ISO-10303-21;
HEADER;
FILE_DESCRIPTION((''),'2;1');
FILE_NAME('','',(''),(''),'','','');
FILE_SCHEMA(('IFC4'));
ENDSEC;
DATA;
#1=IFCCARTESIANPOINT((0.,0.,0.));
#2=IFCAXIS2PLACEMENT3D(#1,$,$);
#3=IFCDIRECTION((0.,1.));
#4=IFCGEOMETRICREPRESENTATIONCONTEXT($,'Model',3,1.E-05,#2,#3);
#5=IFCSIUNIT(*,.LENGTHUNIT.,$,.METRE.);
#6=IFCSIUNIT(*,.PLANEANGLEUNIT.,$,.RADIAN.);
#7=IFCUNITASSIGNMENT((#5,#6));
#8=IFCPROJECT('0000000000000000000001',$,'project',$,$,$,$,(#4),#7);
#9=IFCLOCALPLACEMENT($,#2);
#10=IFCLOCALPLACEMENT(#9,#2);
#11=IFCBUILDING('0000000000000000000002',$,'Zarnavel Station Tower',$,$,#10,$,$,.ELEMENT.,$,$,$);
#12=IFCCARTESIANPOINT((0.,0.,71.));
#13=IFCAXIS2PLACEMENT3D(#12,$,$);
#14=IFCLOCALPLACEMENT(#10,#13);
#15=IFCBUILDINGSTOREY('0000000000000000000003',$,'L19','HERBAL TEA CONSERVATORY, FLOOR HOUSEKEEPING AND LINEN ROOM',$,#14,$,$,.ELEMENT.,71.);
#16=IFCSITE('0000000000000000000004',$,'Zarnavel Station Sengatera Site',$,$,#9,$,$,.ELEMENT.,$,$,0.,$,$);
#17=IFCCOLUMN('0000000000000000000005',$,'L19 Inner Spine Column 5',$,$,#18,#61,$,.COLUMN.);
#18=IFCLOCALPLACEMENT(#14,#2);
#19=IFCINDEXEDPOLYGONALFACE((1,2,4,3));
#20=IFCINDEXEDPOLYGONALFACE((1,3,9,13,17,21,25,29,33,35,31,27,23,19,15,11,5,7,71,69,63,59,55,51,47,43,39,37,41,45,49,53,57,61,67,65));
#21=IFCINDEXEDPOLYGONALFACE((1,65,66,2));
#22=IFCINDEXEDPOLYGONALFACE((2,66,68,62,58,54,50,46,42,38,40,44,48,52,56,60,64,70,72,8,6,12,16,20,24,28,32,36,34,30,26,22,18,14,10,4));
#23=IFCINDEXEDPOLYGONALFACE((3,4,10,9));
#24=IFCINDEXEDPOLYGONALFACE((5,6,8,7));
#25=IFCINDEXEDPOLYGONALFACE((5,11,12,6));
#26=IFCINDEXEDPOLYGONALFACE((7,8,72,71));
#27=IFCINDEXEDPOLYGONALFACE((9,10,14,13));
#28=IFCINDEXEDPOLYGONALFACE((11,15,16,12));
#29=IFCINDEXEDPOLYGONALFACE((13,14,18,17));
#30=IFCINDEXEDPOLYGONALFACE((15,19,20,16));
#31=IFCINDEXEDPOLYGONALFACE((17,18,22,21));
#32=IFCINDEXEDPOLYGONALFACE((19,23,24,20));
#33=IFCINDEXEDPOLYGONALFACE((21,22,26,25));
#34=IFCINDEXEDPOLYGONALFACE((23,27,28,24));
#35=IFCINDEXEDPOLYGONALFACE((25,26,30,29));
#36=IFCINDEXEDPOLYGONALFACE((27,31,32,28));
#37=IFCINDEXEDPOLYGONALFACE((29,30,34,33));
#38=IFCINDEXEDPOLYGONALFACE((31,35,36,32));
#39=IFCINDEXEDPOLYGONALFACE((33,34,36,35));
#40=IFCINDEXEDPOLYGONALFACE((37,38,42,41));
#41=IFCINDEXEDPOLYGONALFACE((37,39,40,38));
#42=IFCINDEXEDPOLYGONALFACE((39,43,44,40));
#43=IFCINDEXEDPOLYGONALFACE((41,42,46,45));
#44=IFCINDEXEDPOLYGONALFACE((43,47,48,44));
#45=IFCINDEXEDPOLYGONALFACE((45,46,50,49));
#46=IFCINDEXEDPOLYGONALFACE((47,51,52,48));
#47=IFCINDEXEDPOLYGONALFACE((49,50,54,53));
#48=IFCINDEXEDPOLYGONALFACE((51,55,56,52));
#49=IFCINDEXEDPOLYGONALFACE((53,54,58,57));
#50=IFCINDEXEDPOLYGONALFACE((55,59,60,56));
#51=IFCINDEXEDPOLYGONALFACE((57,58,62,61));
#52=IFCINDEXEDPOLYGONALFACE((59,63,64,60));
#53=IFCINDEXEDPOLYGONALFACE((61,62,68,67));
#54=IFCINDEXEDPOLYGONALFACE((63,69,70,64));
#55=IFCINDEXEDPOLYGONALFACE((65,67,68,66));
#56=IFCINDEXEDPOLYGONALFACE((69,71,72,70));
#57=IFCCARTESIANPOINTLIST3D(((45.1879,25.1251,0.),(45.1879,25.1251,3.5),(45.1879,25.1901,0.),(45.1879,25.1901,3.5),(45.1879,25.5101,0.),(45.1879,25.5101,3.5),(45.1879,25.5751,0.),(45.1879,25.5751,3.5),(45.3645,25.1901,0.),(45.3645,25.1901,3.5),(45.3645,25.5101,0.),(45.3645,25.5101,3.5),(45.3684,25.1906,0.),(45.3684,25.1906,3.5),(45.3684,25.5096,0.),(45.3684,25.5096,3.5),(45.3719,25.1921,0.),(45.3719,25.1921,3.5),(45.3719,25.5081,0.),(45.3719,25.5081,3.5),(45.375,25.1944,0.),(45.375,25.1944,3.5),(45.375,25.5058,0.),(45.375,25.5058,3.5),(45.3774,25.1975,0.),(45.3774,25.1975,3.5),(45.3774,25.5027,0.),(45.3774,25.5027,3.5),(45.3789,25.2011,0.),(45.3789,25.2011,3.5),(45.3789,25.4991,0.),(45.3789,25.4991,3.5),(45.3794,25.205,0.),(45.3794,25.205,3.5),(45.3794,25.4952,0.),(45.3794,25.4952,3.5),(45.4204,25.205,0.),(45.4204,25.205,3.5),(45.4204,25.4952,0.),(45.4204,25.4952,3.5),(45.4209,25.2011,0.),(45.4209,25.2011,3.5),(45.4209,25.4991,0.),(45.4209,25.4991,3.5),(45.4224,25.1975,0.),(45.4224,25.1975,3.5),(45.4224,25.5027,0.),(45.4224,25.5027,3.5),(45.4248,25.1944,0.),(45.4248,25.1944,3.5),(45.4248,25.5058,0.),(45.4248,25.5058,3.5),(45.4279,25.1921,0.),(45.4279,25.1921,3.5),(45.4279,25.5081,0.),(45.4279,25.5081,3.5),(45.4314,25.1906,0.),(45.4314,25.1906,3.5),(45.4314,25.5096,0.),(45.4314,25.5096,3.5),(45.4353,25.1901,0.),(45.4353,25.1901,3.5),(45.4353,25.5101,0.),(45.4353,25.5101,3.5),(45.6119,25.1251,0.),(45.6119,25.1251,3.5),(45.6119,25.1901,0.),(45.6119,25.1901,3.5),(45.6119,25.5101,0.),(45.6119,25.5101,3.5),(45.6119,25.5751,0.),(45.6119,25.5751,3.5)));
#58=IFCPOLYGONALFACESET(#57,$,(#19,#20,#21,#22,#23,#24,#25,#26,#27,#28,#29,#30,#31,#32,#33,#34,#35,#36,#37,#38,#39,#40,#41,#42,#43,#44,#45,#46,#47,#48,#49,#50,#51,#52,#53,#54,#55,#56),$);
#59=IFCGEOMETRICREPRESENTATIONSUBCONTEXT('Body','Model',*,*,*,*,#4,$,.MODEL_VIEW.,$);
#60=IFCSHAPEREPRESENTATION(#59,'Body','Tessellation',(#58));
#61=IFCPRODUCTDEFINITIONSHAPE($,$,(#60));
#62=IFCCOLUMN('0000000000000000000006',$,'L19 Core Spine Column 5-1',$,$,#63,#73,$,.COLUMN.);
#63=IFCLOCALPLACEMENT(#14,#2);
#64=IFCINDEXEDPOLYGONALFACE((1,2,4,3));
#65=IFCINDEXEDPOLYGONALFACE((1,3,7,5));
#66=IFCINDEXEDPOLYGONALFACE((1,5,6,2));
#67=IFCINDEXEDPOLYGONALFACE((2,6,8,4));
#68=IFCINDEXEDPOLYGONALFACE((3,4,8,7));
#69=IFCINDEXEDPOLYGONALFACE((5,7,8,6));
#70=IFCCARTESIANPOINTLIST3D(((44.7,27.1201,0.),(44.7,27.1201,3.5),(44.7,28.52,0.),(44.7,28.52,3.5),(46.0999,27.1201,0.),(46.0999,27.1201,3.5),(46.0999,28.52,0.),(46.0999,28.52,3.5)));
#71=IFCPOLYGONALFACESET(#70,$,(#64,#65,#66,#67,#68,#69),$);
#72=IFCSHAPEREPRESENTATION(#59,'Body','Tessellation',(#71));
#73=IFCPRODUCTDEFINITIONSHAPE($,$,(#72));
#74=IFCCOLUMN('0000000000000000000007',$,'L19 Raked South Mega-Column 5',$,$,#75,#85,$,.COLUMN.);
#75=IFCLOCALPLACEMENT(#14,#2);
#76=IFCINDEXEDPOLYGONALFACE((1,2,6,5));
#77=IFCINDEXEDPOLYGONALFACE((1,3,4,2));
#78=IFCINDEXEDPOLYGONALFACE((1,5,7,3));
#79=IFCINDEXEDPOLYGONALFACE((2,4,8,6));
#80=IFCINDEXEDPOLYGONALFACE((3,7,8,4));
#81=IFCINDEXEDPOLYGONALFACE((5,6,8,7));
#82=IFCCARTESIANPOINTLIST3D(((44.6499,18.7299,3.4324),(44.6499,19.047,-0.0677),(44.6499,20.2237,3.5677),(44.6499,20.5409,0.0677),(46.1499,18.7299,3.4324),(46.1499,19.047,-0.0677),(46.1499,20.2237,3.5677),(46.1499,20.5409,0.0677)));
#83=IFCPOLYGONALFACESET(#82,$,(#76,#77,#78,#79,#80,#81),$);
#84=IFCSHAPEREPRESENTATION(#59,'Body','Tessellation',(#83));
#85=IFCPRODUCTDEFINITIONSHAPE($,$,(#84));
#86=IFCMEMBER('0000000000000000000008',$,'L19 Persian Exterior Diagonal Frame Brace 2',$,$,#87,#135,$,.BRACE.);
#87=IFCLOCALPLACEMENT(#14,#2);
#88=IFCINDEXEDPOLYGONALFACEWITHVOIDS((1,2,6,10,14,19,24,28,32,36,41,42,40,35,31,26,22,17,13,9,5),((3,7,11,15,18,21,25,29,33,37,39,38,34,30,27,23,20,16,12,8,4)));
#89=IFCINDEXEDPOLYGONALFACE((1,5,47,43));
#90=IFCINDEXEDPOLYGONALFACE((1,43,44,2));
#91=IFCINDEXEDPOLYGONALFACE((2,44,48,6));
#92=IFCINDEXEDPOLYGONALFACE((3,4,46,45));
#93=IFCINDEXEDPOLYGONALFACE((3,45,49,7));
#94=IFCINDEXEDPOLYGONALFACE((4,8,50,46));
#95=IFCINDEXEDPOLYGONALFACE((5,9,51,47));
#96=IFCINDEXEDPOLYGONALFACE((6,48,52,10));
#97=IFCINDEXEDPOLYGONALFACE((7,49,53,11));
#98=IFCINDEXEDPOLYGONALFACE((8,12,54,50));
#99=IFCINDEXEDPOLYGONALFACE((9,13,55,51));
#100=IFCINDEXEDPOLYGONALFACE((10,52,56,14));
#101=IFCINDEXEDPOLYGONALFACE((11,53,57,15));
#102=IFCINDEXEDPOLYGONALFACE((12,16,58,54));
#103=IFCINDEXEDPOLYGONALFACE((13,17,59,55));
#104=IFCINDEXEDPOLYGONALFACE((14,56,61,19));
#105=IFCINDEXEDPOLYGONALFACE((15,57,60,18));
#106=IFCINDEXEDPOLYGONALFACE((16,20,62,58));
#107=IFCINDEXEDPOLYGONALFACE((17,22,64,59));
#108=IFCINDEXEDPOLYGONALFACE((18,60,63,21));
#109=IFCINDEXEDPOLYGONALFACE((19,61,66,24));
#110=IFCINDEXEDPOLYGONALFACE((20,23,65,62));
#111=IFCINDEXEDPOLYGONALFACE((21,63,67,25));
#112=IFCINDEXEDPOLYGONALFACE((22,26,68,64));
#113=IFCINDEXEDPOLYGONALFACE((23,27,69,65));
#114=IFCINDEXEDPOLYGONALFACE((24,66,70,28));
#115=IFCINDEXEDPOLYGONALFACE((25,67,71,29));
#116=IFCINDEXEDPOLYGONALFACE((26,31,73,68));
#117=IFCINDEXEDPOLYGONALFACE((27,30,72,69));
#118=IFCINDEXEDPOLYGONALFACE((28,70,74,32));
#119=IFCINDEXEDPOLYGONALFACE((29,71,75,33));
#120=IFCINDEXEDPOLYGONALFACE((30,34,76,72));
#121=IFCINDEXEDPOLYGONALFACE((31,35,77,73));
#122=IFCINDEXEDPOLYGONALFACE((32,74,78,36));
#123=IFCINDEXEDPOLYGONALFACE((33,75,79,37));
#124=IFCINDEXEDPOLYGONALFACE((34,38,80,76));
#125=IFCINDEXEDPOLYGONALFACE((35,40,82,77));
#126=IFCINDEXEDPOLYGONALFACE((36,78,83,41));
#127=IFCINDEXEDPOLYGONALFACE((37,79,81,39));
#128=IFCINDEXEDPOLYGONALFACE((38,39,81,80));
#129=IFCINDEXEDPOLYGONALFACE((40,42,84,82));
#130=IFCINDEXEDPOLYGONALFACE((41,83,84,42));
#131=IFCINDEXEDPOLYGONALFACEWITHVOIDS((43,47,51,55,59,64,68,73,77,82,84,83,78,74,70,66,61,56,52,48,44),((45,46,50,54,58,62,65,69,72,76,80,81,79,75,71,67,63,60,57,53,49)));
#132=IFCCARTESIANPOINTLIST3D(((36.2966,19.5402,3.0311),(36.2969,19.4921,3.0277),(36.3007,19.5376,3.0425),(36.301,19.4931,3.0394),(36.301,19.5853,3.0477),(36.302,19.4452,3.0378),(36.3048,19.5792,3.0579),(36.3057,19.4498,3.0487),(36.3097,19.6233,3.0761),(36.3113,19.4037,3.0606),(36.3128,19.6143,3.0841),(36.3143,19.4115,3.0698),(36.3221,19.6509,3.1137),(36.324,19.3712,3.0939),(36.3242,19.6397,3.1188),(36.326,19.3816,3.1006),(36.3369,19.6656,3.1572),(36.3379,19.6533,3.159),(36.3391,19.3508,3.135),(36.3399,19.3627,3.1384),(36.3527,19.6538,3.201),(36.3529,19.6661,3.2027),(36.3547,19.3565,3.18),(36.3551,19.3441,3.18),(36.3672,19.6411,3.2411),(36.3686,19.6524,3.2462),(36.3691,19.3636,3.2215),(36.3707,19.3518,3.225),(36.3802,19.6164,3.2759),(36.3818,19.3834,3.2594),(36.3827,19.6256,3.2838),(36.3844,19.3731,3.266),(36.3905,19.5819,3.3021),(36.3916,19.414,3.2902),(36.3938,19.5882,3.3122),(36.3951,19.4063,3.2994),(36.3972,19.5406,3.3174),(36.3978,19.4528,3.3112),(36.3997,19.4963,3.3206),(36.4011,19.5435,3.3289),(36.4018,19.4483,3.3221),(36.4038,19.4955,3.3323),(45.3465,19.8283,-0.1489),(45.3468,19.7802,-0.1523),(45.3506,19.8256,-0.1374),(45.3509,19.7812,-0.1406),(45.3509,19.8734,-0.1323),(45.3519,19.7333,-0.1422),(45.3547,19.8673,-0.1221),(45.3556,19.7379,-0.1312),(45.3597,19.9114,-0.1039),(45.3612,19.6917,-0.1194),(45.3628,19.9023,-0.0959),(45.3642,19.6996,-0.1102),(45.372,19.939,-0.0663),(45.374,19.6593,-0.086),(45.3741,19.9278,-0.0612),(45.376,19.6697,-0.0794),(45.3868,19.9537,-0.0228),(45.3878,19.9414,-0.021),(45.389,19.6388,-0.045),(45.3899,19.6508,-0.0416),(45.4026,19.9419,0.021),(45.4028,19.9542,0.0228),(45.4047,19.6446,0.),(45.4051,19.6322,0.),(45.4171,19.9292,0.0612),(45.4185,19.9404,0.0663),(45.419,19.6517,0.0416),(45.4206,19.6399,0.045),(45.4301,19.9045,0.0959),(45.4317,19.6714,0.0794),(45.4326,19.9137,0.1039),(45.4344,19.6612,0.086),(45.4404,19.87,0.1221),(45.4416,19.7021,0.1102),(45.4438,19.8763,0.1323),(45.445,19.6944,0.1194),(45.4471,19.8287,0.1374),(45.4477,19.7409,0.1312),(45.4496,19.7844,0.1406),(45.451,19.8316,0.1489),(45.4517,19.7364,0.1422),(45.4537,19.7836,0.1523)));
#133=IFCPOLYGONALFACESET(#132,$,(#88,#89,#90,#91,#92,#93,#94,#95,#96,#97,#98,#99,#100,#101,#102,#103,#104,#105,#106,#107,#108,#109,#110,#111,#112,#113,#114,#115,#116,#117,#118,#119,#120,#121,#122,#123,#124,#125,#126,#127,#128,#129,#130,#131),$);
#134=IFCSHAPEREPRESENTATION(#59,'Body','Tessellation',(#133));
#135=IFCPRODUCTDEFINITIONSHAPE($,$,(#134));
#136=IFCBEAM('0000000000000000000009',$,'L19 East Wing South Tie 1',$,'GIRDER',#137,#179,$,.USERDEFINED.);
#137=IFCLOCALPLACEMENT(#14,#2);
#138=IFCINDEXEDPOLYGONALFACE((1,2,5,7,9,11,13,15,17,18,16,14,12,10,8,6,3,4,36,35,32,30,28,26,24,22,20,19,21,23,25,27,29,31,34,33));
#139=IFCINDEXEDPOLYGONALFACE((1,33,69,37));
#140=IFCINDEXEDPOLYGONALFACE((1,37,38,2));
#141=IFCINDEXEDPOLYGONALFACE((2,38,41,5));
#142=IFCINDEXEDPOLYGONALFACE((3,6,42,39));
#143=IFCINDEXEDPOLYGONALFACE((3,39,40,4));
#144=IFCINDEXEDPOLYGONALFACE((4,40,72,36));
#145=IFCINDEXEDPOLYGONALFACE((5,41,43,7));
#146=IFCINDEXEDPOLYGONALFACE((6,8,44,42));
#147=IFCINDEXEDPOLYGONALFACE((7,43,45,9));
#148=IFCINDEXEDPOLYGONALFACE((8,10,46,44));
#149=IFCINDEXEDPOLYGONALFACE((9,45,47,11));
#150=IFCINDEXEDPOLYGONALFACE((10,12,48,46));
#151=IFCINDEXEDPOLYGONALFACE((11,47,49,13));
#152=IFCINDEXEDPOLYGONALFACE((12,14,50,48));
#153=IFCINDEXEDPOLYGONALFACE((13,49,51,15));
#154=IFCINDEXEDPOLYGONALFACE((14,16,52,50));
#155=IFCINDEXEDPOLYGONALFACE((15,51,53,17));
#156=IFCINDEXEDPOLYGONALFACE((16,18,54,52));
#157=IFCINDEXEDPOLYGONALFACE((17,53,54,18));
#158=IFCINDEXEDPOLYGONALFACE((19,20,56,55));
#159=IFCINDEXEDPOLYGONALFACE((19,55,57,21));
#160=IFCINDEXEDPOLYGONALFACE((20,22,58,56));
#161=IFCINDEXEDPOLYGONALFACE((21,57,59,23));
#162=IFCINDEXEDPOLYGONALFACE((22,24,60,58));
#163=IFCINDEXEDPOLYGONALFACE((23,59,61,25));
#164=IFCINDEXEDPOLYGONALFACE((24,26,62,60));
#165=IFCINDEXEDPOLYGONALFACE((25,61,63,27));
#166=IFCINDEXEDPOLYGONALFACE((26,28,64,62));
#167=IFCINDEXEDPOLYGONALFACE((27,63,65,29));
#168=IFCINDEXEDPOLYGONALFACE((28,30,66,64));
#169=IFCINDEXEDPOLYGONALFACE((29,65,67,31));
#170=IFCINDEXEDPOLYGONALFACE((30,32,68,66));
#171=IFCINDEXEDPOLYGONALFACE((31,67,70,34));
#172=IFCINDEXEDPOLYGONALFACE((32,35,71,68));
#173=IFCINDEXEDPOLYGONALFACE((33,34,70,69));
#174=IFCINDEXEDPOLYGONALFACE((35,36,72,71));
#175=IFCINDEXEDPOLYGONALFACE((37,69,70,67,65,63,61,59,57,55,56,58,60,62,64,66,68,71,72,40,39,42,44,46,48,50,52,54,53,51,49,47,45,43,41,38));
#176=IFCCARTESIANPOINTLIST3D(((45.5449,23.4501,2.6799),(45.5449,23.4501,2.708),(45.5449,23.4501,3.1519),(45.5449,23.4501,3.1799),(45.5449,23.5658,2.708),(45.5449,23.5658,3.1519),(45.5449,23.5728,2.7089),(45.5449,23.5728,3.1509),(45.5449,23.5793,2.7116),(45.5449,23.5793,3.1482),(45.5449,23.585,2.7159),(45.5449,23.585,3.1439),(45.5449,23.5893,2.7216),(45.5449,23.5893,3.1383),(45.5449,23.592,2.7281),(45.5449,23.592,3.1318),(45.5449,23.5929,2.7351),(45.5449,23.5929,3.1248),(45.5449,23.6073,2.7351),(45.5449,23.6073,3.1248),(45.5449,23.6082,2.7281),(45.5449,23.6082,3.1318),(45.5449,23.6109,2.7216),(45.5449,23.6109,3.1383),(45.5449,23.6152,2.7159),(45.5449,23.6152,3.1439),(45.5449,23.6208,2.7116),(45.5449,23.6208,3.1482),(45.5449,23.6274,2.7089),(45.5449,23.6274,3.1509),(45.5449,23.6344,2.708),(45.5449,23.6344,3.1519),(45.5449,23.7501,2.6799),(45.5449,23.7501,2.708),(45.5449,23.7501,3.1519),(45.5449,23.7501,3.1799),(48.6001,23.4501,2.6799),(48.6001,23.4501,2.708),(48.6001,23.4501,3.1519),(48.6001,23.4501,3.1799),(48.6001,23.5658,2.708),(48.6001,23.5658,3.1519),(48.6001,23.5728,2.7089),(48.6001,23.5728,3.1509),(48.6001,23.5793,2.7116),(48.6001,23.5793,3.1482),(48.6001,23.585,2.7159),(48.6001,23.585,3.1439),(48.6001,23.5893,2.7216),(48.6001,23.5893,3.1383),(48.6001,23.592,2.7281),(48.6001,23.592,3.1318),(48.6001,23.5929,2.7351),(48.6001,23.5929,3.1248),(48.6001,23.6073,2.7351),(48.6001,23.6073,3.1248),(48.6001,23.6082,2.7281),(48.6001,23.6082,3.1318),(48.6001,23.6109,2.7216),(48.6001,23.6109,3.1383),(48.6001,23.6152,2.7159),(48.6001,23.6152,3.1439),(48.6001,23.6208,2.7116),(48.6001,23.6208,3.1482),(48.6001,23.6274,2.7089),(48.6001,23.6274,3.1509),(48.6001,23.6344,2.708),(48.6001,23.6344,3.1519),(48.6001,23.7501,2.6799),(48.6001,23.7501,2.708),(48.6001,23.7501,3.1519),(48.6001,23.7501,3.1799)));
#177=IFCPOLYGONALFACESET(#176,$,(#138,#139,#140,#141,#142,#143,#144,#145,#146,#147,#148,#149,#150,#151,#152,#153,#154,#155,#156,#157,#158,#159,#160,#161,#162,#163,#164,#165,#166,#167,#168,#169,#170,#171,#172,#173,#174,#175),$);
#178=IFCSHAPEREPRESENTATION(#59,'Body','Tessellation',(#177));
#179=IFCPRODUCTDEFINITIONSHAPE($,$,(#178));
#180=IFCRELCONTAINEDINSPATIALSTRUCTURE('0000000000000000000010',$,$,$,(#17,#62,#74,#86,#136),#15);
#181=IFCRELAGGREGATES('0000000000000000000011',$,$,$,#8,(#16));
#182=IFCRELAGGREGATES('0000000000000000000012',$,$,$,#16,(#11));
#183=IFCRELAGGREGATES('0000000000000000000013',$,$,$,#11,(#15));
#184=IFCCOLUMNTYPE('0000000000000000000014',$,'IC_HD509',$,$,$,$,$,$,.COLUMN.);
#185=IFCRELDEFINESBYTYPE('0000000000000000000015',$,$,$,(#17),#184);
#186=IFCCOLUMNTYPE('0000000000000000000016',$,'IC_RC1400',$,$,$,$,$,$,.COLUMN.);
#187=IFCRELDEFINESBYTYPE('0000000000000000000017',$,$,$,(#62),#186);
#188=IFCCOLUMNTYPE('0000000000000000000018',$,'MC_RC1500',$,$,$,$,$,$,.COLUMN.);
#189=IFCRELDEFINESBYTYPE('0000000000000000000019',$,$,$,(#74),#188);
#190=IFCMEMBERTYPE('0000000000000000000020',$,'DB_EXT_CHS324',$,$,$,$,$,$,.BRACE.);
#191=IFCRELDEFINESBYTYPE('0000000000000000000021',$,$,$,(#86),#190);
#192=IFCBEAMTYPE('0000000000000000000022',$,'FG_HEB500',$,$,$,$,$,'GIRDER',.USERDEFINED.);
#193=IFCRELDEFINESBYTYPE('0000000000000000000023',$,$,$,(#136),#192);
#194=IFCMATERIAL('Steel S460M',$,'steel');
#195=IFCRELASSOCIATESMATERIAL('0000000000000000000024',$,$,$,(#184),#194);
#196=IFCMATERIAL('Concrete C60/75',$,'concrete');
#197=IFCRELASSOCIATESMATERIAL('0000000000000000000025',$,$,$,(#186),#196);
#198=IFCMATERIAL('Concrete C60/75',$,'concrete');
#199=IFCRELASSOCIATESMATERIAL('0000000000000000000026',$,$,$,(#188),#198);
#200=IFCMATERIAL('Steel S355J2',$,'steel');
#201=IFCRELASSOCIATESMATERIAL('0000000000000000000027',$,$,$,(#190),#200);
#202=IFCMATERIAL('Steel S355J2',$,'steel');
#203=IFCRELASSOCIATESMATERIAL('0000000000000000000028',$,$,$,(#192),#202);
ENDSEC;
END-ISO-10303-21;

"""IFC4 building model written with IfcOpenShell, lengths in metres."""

from ifc_helpers import new_model, si_unit, direction, frame, origin, origin_2d, place, context, subcontext, project, spatial, rectangle, hollow_circle, i_section, extrude, material, material_profile, profile_set, type_object, element, save


model = new_model("IFC4")

# Units and contexts
model_context = context("Model", 3, precision=1e-05, world=origin(), true_north=direction((0.0, 1.0)))
body_context = subcontext(model_context, "Body", "Model", "MODEL_VIEW")
ifc_project = project(units=[si_unit("LENGTHUNIT", "METRE"), si_unit("PLANEANGLEUNIT", "RADIAN")], contexts=[model_context])

# Site, building, storey
site_placement = place(None, origin())
site = spatial("IfcSite", under=ifc_project, at=site_placement, Name="Zarnavel Station Sengatera Site", CompositionType="ELEMENT", RefElevation=0.0)
building_placement = place(site_placement, origin())
building = spatial("IfcBuilding", under=site, at=building_placement, Name="Zarnavel Station Tower", CompositionType="ELEMENT")
storey_placement = place(building_placement, frame((0.0, 0.0, 71.0)))
storey = spatial("IfcBuildingStorey", under=building, at=storey_placement, Name="L19", Description="HERBAL TEA CONSERVATORY, FLOOR HOUSEKEEPING AND LINEN ROOM", CompositionType="ELEMENT", Elevation=71.0)

# Columns
ifc_material_1 = material(Name="Steel S460M", Category="steel")
ifc_material_profile_1 = material_profile(ifc_material_1, i_section(OverallWidth=0.4241, OverallDepth=0.45, WebThickness=0.041, FlangeThickness=0.0649, FilletRadius=0.0149, at=origin_2d()), Name="HD400x509")
ifc_profile_set_1 = profile_set([ifc_material_profile_1], Name="Steel S460M")
column_type_1 = type_object("IfcColumnType", Name="IC_HD509", PredefinedType="COLUMN", material=ifc_profile_set_1)
column_1_placement = place(storey_placement, frame((45.3999, 25.3501, 0.0), z_axis=(0.0, 0.0, 1.0), x_axis=(1.0, 0.0, 0.0)))
element("IfcColumn", 1, at=column_1_placement, inside=storey, type_object=column_type_1, Name="L19 Inner Spine Column 5", PredefinedType="COLUMN", context=body_context, shape_type="SweptSolid", body=[
    extrude(i_section(OverallWidth=0.4241, OverallDepth=0.45, WebThickness=0.041, FlangeThickness=0.0649, FilletRadius=0.0149, at=origin_2d()), origin(), (0.0, 0.0, 1.0), 3.5),
])
ifc_material_2 = material(Name="Concrete C60/75", Category="concrete")
ifc_material_profile_2 = material_profile(ifc_material_2, rectangle(XDim=1.3999, YDim=1.3999, at=origin_2d()), Name="RC1400x1400")
ifc_profile_set_2 = profile_set([ifc_material_profile_2], Name="Concrete C60/75")
column_type_2 = type_object("IfcColumnType", Name="IC_RC1400", PredefinedType="COLUMN", material=ifc_profile_set_2)
column_2_placement = place(storey_placement, frame((45.3999, 27.8201, 0.0), z_axis=(0.0, 0.0, 1.0), x_axis=(1.0, 0.0, 0.0)))
element("IfcColumn", 2, at=column_2_placement, inside=storey, type_object=column_type_2, Name="L19 Core Spine Column 5-1", PredefinedType="COLUMN", context=body_context, shape_type="SweptSolid", body=[
    extrude(rectangle(XDim=1.3999, YDim=1.3999, at=origin_2d()), origin(), (0.0, 0.0, 1.0), 3.5),
])
ifc_material_3 = material(Name="Concrete C60/75", Category="concrete")
ifc_material_profile_3 = material_profile(ifc_material_3, rectangle(XDim=1.5, YDim=1.5, at=origin_2d()), Name="RC1500x1500")
ifc_profile_set_3 = profile_set([ifc_material_profile_3], Name="Concrete C60/75")
column_type_3 = type_object("IfcColumnType", Name="MC_RC1500", PredefinedType="COLUMN", material=ifc_profile_set_3)
column_3_placement = place(storey_placement, frame((45.3999, 19.7939, 0.0), z_axis=(0.0, -0.090241, 0.99592), x_axis=(1.0, 0.0, 0.0)))
element("IfcColumn", 3, at=column_3_placement, inside=storey, type_object=column_type_3, Name="L19 Raked South Mega-Column 5", PredefinedType="COLUMN", context=body_context, shape_type="SweptSolid", body=[
    extrude(rectangle(XDim=1.5, YDim=1.5, at=origin_2d()), origin(), (0.0, 0.0, 1.0), 3.5144),
])

# Member
ifc_material_4 = material(Name="Steel S355J2", Category="steel")
ifc_material_profile_4 = material_profile(ifc_material_4, hollow_circle(Radius=0.1619, WallThickness=0.0125, at=origin_2d()), Name="CHS323.9x12.5")
ifc_profile_set_4 = profile_set([ifc_material_profile_4], Name="Steel S355J2")
member_type = type_object("IfcMemberType", Name="DB_EXT_CHS324", PredefinedType="BRACE", material=ifc_profile_set_4)
member_placement = place(storey_placement, frame((45.3999, 19.7939, 0.0), z_axis=(-0.943026, -0.03002, 0.331362), x_axis=(0.031817, -0.999494, 0.0)))
element("IfcMember", 4, at=member_placement, inside=storey, type_object=member_type, Name="L19 Persian Exterior Diagonal Frame Brace 2", PredefinedType="BRACE", context=body_context, shape_type="SweptSolid", body=[
    extrude(hollow_circle(Radius=0.1619, WallThickness=0.0125, at=origin_2d()), origin(), (0.0, 0.0, 1.0), 9.5967),
])

# Beam
ifc_material_5 = material(Name="Steel S355J2", Category="steel")
ifc_material_profile_5 = material_profile(ifc_material_5, i_section(OverallWidth=0.3, OverallDepth=0.5, WebThickness=0.0144, FlangeThickness=0.0281, FilletRadius=0.0271, at=origin_2d()), Name="HEB500")
ifc_profile_set_5 = profile_set([ifc_material_profile_5], Name="Steel S355J2")
beam_type_1 = type_object("IfcBeamType", Name="FG_HEB500", ElementType="GIRDER", PredefinedType="USERDEFINED", material=ifc_profile_set_5)
beam_1_placement = place(storey_placement, frame((45.5449, 23.6001, 2.9299), z_axis=(1.0, 0.0, 0.0), x_axis=(0.0, 1.0, 0.0)))
element("IfcBeam", 5, at=beam_1_placement, inside=storey, type_object=beam_type_1, Name="L19 East Wing South Tie 1", ObjectType="GIRDER", PredefinedType="USERDEFINED", context=body_context, shape_type="SweptSolid", body=[
    extrude(i_section(OverallWidth=0.3, OverallDepth=0.5, WebThickness=0.0144, FlangeThickness=0.0281, FilletRadius=0.0271, at=origin_2d()), origin(), (0.0, 0.0, 1.0), 3.0552),
])

save(model, "model.ifc")
